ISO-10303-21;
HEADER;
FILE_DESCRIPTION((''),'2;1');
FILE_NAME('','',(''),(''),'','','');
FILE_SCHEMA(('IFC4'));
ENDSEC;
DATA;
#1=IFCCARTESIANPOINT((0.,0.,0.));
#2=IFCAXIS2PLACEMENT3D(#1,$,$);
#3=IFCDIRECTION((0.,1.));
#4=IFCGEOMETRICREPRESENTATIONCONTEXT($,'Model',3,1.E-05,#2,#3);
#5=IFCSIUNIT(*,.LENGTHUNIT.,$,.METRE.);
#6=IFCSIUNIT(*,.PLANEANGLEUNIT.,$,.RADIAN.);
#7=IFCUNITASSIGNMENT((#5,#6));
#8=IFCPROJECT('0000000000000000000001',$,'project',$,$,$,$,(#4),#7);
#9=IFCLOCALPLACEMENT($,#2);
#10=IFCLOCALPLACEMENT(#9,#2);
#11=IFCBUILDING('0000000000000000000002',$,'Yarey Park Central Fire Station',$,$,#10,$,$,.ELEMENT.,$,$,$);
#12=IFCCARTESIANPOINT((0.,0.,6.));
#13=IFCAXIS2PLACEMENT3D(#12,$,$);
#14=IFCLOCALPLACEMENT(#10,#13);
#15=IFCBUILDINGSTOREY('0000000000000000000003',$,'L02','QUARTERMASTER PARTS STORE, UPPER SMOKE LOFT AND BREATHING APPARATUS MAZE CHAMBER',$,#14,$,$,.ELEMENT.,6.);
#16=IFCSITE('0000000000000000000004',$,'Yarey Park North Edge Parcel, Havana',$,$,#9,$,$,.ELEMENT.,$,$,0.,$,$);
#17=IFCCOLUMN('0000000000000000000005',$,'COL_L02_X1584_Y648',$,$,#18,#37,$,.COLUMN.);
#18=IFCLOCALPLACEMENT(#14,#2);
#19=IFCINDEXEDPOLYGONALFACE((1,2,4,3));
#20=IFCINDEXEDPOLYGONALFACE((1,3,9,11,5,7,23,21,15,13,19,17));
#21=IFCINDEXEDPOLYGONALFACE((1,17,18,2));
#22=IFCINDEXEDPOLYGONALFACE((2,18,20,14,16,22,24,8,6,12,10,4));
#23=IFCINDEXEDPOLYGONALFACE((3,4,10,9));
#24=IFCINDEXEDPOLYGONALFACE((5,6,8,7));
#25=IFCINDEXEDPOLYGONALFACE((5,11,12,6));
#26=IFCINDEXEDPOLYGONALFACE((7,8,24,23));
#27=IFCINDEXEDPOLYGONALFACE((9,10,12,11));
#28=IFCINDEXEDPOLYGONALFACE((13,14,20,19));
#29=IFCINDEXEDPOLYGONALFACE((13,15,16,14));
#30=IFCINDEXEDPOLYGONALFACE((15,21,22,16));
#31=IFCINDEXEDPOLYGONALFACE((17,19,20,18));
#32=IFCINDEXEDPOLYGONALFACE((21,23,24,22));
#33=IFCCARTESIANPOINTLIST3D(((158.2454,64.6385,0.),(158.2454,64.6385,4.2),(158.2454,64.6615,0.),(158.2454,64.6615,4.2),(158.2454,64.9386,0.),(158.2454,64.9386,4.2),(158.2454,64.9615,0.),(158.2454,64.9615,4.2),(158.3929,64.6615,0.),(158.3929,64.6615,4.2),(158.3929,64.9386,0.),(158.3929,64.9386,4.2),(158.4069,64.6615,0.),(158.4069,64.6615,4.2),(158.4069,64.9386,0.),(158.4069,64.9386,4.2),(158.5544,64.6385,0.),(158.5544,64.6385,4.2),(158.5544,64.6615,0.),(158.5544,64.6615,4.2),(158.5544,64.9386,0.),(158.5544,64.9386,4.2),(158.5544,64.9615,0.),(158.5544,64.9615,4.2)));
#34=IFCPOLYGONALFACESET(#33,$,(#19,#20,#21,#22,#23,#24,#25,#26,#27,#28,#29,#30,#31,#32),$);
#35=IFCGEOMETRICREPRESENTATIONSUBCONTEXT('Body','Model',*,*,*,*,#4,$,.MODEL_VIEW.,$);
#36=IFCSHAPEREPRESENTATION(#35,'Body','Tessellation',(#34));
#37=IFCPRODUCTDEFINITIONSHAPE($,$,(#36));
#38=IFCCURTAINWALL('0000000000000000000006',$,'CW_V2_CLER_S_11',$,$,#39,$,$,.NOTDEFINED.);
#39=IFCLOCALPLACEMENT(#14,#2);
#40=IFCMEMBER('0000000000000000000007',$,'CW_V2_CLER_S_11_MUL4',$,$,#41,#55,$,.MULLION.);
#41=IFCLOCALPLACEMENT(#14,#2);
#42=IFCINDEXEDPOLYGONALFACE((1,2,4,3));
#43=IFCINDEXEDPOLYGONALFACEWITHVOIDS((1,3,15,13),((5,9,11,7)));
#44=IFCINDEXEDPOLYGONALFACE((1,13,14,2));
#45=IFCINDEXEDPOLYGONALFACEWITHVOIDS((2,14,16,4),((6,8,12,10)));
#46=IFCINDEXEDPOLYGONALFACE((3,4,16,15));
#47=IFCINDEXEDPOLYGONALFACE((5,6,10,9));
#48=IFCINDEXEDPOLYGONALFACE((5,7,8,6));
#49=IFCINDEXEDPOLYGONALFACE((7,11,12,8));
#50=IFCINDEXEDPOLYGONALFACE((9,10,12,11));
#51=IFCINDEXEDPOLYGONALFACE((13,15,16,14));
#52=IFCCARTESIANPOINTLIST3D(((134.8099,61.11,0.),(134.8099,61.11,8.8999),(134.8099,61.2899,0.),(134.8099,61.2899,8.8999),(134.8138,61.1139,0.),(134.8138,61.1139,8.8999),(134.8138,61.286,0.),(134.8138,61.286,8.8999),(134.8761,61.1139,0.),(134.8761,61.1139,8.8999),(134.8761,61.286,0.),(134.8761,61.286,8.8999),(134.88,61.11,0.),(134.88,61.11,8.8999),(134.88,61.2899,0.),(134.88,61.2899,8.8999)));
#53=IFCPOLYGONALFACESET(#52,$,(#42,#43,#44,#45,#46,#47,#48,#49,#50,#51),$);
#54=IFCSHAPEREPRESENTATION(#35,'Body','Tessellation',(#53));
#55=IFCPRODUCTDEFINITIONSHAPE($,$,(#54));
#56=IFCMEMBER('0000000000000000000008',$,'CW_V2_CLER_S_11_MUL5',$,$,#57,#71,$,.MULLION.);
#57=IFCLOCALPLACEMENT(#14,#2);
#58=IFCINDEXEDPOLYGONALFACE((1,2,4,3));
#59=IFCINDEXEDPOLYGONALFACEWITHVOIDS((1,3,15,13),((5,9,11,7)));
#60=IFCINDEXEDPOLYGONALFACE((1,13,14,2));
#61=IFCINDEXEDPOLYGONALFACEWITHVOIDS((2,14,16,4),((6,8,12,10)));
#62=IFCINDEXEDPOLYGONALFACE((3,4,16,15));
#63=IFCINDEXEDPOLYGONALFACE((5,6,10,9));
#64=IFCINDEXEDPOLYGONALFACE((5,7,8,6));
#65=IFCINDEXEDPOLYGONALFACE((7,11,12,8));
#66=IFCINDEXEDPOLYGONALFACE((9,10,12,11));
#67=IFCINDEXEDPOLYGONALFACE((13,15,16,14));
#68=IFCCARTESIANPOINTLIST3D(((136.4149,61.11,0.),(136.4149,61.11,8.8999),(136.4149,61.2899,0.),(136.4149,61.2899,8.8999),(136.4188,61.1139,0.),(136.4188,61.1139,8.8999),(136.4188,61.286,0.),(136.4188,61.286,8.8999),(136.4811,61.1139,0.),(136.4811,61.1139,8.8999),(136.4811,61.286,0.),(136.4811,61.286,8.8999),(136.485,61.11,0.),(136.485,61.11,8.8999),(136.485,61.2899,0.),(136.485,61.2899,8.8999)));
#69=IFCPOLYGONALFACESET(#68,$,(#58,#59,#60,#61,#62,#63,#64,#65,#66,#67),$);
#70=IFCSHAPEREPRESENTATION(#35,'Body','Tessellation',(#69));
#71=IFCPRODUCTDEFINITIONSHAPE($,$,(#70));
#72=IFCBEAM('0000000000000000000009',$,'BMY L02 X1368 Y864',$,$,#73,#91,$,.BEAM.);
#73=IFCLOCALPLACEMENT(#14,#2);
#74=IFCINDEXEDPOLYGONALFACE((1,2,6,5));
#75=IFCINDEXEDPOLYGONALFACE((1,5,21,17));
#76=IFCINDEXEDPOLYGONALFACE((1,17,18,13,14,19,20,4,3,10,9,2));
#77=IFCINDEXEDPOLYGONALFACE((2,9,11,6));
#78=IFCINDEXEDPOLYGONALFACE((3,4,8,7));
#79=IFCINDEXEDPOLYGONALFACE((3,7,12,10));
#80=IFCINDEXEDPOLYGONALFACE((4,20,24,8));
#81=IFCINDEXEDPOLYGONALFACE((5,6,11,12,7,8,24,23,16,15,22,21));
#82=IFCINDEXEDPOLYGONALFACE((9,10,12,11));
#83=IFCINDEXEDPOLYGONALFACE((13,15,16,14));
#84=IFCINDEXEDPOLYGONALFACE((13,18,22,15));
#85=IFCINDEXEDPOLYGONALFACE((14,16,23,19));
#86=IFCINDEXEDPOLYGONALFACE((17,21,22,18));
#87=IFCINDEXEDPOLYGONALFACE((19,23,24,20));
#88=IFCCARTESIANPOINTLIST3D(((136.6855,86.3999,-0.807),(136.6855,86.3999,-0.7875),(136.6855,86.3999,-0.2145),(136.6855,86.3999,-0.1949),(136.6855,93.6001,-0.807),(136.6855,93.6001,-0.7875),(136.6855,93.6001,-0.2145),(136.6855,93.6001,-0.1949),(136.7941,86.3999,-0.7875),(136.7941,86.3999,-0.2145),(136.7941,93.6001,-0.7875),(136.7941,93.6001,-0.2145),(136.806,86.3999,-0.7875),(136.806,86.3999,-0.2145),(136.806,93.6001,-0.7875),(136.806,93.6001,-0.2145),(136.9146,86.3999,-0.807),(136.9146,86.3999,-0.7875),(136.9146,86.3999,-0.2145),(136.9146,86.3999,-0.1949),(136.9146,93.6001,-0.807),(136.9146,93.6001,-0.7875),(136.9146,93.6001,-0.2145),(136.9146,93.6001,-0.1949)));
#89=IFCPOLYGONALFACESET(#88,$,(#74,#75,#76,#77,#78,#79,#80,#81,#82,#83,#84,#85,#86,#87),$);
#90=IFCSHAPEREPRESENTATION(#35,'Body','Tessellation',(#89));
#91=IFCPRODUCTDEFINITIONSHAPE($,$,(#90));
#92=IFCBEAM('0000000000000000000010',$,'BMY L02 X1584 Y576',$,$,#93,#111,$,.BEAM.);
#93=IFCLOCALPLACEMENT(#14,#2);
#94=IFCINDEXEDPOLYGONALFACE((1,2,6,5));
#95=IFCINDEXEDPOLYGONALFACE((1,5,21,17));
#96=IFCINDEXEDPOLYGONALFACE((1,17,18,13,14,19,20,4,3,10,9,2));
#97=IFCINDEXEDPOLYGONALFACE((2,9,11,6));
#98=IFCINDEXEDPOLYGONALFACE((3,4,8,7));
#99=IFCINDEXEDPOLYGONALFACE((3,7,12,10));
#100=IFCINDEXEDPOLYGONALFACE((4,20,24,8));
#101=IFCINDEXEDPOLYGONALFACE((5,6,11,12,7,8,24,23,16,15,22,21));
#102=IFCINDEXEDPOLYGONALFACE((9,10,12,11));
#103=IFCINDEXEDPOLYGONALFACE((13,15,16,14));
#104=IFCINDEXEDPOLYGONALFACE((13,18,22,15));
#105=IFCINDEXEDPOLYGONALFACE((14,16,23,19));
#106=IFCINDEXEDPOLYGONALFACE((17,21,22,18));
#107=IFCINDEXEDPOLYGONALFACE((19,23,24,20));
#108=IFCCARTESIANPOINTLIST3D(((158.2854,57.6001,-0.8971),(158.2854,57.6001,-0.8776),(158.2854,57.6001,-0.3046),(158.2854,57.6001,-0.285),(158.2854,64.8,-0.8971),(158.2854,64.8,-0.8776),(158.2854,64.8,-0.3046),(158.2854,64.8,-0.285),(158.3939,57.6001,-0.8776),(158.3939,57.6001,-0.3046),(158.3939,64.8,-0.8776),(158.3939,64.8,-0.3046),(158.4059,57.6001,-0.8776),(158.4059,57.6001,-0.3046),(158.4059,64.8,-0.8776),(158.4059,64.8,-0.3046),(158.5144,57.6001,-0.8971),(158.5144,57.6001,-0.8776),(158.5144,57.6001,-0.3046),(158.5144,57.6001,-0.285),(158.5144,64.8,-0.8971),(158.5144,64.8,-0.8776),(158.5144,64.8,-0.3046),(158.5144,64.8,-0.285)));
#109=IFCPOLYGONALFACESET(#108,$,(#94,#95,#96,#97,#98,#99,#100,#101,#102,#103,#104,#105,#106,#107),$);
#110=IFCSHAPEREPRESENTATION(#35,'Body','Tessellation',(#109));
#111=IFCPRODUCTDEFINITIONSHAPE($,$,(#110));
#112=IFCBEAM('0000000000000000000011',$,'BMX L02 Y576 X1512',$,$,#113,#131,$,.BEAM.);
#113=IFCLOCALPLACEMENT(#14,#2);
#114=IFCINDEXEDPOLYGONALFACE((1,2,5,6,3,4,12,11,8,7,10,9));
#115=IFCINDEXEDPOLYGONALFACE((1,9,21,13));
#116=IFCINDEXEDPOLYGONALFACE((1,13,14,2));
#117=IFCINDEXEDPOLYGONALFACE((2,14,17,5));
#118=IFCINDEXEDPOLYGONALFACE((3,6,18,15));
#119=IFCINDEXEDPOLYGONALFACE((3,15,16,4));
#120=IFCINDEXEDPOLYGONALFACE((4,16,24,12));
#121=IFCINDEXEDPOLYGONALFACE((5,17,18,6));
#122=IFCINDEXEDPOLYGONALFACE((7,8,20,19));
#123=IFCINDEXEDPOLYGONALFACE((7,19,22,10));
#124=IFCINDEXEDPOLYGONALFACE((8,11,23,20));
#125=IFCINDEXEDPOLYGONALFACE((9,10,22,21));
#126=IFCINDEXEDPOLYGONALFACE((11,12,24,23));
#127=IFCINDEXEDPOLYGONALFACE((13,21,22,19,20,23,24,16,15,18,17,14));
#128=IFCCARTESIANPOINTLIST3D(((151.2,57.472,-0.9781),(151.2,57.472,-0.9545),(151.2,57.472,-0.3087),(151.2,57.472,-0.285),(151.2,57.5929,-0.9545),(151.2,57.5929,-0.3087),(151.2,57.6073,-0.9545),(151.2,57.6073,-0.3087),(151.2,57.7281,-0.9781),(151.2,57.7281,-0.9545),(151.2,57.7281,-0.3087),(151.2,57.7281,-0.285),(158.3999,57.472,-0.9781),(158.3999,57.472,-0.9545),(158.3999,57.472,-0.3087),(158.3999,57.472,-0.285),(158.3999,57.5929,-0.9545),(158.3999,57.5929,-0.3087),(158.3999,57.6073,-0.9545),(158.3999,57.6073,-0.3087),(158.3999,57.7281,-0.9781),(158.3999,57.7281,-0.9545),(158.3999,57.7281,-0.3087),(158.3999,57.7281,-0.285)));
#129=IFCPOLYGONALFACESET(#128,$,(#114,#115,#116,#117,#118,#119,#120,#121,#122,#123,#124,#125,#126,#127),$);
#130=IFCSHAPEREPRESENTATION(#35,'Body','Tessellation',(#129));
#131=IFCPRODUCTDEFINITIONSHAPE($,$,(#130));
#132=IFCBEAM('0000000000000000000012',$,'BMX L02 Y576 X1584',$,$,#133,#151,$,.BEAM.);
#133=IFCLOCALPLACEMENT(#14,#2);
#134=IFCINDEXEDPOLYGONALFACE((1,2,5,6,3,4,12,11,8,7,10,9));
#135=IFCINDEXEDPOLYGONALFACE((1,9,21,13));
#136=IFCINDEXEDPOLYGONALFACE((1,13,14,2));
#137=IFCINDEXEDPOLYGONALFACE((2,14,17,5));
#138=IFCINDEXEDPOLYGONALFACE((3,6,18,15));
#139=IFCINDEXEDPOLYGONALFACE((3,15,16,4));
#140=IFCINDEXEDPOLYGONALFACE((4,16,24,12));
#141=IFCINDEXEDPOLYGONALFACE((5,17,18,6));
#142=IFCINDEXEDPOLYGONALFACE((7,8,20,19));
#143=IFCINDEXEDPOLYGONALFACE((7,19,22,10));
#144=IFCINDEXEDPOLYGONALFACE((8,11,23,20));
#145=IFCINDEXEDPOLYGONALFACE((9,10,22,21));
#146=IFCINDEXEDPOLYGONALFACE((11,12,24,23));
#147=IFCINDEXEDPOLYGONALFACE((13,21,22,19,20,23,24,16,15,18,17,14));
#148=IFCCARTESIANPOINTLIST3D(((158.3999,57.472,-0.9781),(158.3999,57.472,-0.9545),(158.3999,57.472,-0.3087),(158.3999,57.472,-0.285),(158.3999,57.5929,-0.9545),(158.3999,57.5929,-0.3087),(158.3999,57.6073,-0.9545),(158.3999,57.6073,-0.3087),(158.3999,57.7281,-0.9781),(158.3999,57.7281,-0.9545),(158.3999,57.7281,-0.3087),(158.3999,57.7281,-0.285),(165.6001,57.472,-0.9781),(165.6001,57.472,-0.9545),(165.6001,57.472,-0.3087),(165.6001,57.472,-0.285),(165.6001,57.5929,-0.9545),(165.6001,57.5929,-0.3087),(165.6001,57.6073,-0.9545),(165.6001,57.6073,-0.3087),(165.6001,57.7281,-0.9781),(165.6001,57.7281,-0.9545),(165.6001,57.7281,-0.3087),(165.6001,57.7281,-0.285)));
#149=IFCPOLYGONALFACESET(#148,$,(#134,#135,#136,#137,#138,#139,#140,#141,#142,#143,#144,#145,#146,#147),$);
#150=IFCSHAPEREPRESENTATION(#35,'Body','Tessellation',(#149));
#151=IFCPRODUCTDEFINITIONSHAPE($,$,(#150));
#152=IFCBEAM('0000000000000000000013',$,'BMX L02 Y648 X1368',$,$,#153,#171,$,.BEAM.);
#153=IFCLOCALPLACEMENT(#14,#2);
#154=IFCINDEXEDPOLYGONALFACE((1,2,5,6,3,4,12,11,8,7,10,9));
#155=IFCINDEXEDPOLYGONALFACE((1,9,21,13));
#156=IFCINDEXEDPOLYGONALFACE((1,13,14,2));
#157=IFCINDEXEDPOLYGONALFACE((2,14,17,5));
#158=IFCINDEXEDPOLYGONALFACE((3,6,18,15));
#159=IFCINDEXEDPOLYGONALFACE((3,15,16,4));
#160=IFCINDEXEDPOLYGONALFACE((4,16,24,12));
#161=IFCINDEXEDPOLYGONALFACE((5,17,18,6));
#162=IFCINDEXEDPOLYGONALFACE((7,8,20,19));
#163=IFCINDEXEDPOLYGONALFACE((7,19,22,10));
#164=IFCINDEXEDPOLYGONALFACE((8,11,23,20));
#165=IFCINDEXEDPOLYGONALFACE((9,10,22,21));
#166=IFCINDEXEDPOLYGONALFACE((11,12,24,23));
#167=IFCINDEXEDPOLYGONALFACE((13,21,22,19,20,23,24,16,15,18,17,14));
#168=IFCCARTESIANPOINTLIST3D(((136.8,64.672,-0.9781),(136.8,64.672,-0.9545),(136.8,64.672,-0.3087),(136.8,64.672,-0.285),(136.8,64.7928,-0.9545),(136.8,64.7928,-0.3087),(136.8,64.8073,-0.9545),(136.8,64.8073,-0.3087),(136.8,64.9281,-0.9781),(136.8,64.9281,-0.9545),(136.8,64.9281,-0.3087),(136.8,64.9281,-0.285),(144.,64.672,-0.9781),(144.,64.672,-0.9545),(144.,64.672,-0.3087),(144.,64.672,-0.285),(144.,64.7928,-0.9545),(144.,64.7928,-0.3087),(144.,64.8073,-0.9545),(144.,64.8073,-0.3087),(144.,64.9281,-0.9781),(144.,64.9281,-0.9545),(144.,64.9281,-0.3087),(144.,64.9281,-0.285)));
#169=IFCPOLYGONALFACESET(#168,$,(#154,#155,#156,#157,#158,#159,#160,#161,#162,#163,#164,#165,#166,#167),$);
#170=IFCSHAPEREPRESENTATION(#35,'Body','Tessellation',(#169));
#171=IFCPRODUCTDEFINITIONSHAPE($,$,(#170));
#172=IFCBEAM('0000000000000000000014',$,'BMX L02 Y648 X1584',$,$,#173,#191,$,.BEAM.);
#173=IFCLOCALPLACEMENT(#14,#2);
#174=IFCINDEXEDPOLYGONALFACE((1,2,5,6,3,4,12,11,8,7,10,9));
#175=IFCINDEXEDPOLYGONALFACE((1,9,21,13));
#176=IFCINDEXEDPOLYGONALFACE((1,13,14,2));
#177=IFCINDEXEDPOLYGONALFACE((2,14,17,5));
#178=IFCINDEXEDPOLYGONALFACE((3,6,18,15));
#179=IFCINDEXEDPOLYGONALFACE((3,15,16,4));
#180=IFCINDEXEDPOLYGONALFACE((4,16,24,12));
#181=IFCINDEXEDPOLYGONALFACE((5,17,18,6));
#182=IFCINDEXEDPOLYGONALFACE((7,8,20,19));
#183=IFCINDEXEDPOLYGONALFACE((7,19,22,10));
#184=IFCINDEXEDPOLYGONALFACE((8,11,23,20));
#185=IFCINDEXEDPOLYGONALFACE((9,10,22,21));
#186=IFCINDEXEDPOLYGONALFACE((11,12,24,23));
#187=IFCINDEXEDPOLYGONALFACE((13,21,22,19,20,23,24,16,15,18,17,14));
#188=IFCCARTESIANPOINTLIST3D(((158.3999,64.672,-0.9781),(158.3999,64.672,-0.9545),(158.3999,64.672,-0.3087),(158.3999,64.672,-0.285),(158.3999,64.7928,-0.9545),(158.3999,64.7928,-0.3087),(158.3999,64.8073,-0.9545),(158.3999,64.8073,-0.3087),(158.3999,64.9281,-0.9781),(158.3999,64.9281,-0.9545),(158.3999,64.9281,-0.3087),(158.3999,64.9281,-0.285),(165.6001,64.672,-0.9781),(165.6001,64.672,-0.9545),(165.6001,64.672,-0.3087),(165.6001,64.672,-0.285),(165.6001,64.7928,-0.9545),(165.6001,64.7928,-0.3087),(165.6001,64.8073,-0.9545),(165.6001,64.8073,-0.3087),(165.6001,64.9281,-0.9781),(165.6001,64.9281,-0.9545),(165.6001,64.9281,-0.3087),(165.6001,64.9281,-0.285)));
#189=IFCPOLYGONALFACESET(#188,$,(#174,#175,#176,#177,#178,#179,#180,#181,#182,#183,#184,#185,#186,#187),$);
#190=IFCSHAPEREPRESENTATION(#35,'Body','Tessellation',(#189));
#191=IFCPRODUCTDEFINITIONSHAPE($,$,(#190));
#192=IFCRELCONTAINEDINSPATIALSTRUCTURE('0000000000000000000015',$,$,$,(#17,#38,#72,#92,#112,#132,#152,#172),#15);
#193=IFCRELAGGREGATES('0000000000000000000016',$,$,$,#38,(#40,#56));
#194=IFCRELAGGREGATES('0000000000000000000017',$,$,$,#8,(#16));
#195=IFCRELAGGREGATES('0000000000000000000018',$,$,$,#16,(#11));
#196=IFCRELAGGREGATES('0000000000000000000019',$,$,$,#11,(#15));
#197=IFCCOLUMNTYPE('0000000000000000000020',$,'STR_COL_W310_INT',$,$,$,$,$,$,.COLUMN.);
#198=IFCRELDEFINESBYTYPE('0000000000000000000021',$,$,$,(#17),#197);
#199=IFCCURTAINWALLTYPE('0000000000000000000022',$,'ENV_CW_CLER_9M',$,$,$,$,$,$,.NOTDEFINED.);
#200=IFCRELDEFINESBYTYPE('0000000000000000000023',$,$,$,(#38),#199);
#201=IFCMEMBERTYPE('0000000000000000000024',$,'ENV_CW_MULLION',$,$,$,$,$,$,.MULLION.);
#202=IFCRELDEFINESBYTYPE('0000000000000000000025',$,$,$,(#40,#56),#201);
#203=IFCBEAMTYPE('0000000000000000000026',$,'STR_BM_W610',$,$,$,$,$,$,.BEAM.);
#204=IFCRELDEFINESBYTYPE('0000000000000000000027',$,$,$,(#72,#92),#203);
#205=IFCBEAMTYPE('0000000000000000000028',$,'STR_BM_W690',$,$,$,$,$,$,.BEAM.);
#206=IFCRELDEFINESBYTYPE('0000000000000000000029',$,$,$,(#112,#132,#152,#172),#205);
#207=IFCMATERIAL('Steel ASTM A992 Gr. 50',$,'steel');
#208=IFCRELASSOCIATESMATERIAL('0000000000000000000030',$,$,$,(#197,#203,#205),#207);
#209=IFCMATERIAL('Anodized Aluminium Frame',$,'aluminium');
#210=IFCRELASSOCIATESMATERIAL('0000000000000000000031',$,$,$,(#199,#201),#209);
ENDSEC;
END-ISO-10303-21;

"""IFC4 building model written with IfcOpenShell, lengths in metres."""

from ifc_helpers import new_model, si_unit, direction, frame, origin, origin_2d, place, context, subcontext, project, spatial, hollow_rectangle, i_section, extrude, material, material_profile, profile_set, type_object, element, aggregate, save


model = new_model("IFC4")

# Units and contexts
model_context = context("Model", 3, precision=1e-05, world=origin(), true_north=direction((0.0, 1.0)))
body_context = subcontext(model_context, "Body", "Model", "MODEL_VIEW")
ifc_project = project(units=[si_unit("LENGTHUNIT", "METRE"), si_unit("PLANEANGLEUNIT", "RADIAN")], contexts=[model_context])

# Site, building, storey
site_placement = place(None, origin())
site = spatial("IfcSite", under=ifc_project, at=site_placement, Name="Yarey Park North Edge Parcel, Havana", CompositionType="ELEMENT", RefElevation=0.0)
building_placement = place(site_placement, origin())
building = spatial("IfcBuilding", under=site, at=building_placement, Name="Yarey Park Central Fire Station", CompositionType="ELEMENT")
storey_placement = place(building_placement, frame((0.0, 0.0, 6.0)))
storey = spatial("IfcBuildingStorey", under=building, at=storey_placement, Name="L02", Description="QUARTERMASTER PARTS STORE, UPPER SMOKE LOFT AND BREATHING APPARATUS MAZE CHAMBER", CompositionType="ELEMENT", Elevation=6.0)

# Column
ifc_material_1 = material(Name="Steel ASTM A992 Gr. 50", Category="steel")
ifc_material_profile_1 = material_profile(ifc_material_1, i_section(OverallWidth=0.3091, OverallDepth=0.323, WebThickness=0.0139, FlangeThickness=0.0229, at=origin_2d()), Name="W310x143")
ifc_profile_set_1 = profile_set([ifc_material_profile_1], Name="Steel ASTM A992 Gr. 50")
column_type_1 = type_object("IfcColumnType", Name="STR_COL_W310_INT", PredefinedType="COLUMN", material=ifc_profile_set_1)
for number, where, z_axis, x_axis, name in (
    (1, (158.3999, 64.8, 0.0), (0.0, 0.0, 1.0), (1.0, 0.0, 0.0), "COL_L02_X1584_Y648"),
):
    element("IfcColumn", number, at=place(storey_placement, frame(where, z_axis=z_axis, x_axis=x_axis)), inside=storey, type_object=column_type_1, Name=name, PredefinedType="COLUMN", context=body_context, shape_type="SweptSolid", body=[
        extrude(i_section(OverallWidth=0.3091, OverallDepth=0.323, WebThickness=0.0139, FlangeThickness=0.0229, at=origin_2d()), origin(), (0.0, 0.0, 1.0), 4.2),
    ])

# Curtain wall, members
ifc_material_2 = material(Name="Anodized Aluminium Frame", Category="aluminium")
curtain_wall_type = type_object("IfcCurtainWallType", Name="ENV_CW_CLER_9M", PredefinedType="NOTDEFINED", material=ifc_material_2)
curtain_wall_placement = place(storey_placement, origin())
curtain_wall = element("IfcCurtainWall", 2, at=curtain_wall_placement, inside=storey, type_object=curtain_wall_type, Name="CW_V2_CLER_S_11", PredefinedType="NOTDEFINED")
ifc_material_profile_2 = material_profile(ifc_material_2, hollow_rectangle(XDim=0.0701, YDim=0.1799, WallThickness=0.0039, at=origin_2d()), Name="ALU 180x70x4")
ifc_profile_set_2 = profile_set([ifc_material_profile_2], Name="Anodized Aluminium Frame")
member_type_1 = type_object("IfcMemberType", Name="ENV_CW_MULLION", PredefinedType="MULLION", material=ifc_profile_set_2)
member_1_placement = place(storey_placement, frame((134.845, 61.2, 0.0), z_axis=(0.0, 0.0, 1.0), x_axis=(1.0, 0.0, 0.0)))
member_1 = element("IfcMember", 3, at=member_1_placement, type_object=member_type_1, Name="CW_V2_CLER_S_11_MUL4", PredefinedType="MULLION", context=body_context, shape_type="SweptSolid", body=[
    extrude(hollow_rectangle(XDim=0.0701, YDim=0.1799, WallThickness=0.0039, at=origin_2d()), origin(), (0.0, 0.0, 1.0), 8.8999),
])
member_2_placement = place(storey_placement, frame((136.45, 61.2, 0.0), z_axis=(0.0, 0.0, 1.0), x_axis=(1.0, 0.0, 0.0)))
member_2 = element("IfcMember", 4, at=member_2_placement, type_object=member_type_1, Name="CW_V2_CLER_S_11_MUL5", PredefinedType="MULLION", context=body_context, shape_type="SweptSolid", body=[
    extrude(hollow_rectangle(XDim=0.0701, YDim=0.1799, WallThickness=0.0039, at=origin_2d()), origin(), (0.0, 0.0, 1.0), 8.8999),
])

# Beams
ifc_material_profile_3 = material_profile(ifc_material_1, i_section(OverallWidth=0.229, OverallDepth=0.6121, WebThickness=0.012, FlangeThickness=0.0195, at=origin_2d()), Name="W610x125")
ifc_profile_set_3 = profile_set([ifc_material_profile_3], Name="Steel ASTM A992 Gr. 50")
beam_type_1 = type_object("IfcBeamType", Name="STR_BM_W610", PredefinedType="BEAM", material=ifc_profile_set_3)
beam_1_placement = place(storey_placement, frame((136.8, 86.3999, -0.501), z_axis=(0.0, 1.0, 0.0), x_axis=(-1.0, 0.0, 0.0)))
element("IfcBeam", 5, at=beam_1_placement, inside=storey, type_object=beam_type_1, Name="BMY L02 X1368 Y864", PredefinedType="BEAM", context=body_context, shape_type="SweptSolid", body=[
    extrude(i_section(OverallWidth=0.229, OverallDepth=0.6121, WebThickness=0.012, FlangeThickness=0.0195, at=origin_2d()), origin(), (0.0, 0.0, 1.0), 7.2002),
])
beam_2_placement = place(storey_placement, frame((158.3999, 57.6001, -0.5911), z_axis=(0.0, 1.0, 0.0), x_axis=(-1.0, 0.0, 0.0)))
element("IfcBeam", 6, at=beam_2_placement, inside=storey, type_object=beam_type_1, Name="BMY L02 X1584 Y576", PredefinedType="BEAM", context=body_context, shape_type="SweptSolid", body=[
    extrude(i_section(OverallWidth=0.229, OverallDepth=0.6121, WebThickness=0.012, FlangeThickness=0.0195, at=origin_2d()), origin(), (0.0, 0.0, 1.0), 7.2),
])
ifc_material_profile_4 = material_profile(ifc_material_1, i_section(OverallWidth=0.2561, OverallDepth=0.6931, WebThickness=0.0144, FlangeThickness=0.0237, at=origin_2d()), Name="W690x170")
ifc_profile_set_4 = profile_set([ifc_material_profile_4], Name="Steel ASTM A992 Gr. 50")
beam_type_2 = type_object("IfcBeamType", Name="STR_BM_W690", PredefinedType="BEAM", material=ifc_profile_set_4)
beam_3_placement = place(storey_placement, frame((151.2, 57.6001, -0.6316), z_axis=(1.0, 0.0, 0.0), x_axis=(0.0, 1.0, 0.0)))
element("IfcBeam", 7, at=beam_3_placement, inside=storey, type_object=beam_type_2, Name="BMX L02 Y576 X1512", PredefinedType="BEAM", context=body_context, shape_type="SweptSolid", body=[
    extrude(i_section(OverallWidth=0.2561, OverallDepth=0.6931, WebThickness=0.0144, FlangeThickness=0.0237, at=origin_2d()), origin(), (0.0, 0.0, 1.0), 7.2),
])
beam_4_placement = place(storey_placement, frame((158.3999, 57.6001, -0.6316), z_axis=(1.0, 0.0, 0.0), x_axis=(0.0, 1.0, 0.0)))
element("IfcBeam", 8, at=beam_4_placement, inside=storey, type_object=beam_type_2, Name="BMX L02 Y576 X1584", PredefinedType="BEAM", context=body_context, shape_type="SweptSolid", body=[
    extrude(i_section(OverallWidth=0.2561, OverallDepth=0.6931, WebThickness=0.0144, FlangeThickness=0.0237, at=origin_2d()), origin(), (0.0, 0.0, 1.0), 7.2002),
])
beam_5_placement = place(storey_placement, frame((136.8, 64.8, -0.6316), z_axis=(1.0, 0.0, 0.0), x_axis=(0.0, 1.0, 0.0)))
element("IfcBeam", 9, at=beam_5_placement, inside=storey, type_object=beam_type_2, Name="BMX L02 Y648 X1368", PredefinedType="BEAM", context=body_context, shape_type="SweptSolid", body=[
    extrude(i_section(OverallWidth=0.2561, OverallDepth=0.6931, WebThickness=0.0144, FlangeThickness=0.0237, at=origin_2d()), origin(), (0.0, 0.0, 1.0), 7.2),
])
beam_6_placement = place(storey_placement, frame((158.3999, 64.8, -0.6316), z_axis=(1.0, 0.0, 0.0), x_axis=(0.0, 1.0, 0.0)))
element("IfcBeam", 10, at=beam_6_placement, inside=storey, type_object=beam_type_2, Name="BMX L02 Y648 X1584", PredefinedType="BEAM", context=body_context, shape_type="SweptSolid", body=[
    extrude(i_section(OverallWidth=0.2561, OverallDepth=0.6931, WebThickness=0.0144, FlangeThickness=0.0237, at=origin_2d()), origin(), (0.0, 0.0, 1.0), 7.2002),
])

aggregate(curtain_wall, [member_1, member_2])

save(model, "model.ifc")
